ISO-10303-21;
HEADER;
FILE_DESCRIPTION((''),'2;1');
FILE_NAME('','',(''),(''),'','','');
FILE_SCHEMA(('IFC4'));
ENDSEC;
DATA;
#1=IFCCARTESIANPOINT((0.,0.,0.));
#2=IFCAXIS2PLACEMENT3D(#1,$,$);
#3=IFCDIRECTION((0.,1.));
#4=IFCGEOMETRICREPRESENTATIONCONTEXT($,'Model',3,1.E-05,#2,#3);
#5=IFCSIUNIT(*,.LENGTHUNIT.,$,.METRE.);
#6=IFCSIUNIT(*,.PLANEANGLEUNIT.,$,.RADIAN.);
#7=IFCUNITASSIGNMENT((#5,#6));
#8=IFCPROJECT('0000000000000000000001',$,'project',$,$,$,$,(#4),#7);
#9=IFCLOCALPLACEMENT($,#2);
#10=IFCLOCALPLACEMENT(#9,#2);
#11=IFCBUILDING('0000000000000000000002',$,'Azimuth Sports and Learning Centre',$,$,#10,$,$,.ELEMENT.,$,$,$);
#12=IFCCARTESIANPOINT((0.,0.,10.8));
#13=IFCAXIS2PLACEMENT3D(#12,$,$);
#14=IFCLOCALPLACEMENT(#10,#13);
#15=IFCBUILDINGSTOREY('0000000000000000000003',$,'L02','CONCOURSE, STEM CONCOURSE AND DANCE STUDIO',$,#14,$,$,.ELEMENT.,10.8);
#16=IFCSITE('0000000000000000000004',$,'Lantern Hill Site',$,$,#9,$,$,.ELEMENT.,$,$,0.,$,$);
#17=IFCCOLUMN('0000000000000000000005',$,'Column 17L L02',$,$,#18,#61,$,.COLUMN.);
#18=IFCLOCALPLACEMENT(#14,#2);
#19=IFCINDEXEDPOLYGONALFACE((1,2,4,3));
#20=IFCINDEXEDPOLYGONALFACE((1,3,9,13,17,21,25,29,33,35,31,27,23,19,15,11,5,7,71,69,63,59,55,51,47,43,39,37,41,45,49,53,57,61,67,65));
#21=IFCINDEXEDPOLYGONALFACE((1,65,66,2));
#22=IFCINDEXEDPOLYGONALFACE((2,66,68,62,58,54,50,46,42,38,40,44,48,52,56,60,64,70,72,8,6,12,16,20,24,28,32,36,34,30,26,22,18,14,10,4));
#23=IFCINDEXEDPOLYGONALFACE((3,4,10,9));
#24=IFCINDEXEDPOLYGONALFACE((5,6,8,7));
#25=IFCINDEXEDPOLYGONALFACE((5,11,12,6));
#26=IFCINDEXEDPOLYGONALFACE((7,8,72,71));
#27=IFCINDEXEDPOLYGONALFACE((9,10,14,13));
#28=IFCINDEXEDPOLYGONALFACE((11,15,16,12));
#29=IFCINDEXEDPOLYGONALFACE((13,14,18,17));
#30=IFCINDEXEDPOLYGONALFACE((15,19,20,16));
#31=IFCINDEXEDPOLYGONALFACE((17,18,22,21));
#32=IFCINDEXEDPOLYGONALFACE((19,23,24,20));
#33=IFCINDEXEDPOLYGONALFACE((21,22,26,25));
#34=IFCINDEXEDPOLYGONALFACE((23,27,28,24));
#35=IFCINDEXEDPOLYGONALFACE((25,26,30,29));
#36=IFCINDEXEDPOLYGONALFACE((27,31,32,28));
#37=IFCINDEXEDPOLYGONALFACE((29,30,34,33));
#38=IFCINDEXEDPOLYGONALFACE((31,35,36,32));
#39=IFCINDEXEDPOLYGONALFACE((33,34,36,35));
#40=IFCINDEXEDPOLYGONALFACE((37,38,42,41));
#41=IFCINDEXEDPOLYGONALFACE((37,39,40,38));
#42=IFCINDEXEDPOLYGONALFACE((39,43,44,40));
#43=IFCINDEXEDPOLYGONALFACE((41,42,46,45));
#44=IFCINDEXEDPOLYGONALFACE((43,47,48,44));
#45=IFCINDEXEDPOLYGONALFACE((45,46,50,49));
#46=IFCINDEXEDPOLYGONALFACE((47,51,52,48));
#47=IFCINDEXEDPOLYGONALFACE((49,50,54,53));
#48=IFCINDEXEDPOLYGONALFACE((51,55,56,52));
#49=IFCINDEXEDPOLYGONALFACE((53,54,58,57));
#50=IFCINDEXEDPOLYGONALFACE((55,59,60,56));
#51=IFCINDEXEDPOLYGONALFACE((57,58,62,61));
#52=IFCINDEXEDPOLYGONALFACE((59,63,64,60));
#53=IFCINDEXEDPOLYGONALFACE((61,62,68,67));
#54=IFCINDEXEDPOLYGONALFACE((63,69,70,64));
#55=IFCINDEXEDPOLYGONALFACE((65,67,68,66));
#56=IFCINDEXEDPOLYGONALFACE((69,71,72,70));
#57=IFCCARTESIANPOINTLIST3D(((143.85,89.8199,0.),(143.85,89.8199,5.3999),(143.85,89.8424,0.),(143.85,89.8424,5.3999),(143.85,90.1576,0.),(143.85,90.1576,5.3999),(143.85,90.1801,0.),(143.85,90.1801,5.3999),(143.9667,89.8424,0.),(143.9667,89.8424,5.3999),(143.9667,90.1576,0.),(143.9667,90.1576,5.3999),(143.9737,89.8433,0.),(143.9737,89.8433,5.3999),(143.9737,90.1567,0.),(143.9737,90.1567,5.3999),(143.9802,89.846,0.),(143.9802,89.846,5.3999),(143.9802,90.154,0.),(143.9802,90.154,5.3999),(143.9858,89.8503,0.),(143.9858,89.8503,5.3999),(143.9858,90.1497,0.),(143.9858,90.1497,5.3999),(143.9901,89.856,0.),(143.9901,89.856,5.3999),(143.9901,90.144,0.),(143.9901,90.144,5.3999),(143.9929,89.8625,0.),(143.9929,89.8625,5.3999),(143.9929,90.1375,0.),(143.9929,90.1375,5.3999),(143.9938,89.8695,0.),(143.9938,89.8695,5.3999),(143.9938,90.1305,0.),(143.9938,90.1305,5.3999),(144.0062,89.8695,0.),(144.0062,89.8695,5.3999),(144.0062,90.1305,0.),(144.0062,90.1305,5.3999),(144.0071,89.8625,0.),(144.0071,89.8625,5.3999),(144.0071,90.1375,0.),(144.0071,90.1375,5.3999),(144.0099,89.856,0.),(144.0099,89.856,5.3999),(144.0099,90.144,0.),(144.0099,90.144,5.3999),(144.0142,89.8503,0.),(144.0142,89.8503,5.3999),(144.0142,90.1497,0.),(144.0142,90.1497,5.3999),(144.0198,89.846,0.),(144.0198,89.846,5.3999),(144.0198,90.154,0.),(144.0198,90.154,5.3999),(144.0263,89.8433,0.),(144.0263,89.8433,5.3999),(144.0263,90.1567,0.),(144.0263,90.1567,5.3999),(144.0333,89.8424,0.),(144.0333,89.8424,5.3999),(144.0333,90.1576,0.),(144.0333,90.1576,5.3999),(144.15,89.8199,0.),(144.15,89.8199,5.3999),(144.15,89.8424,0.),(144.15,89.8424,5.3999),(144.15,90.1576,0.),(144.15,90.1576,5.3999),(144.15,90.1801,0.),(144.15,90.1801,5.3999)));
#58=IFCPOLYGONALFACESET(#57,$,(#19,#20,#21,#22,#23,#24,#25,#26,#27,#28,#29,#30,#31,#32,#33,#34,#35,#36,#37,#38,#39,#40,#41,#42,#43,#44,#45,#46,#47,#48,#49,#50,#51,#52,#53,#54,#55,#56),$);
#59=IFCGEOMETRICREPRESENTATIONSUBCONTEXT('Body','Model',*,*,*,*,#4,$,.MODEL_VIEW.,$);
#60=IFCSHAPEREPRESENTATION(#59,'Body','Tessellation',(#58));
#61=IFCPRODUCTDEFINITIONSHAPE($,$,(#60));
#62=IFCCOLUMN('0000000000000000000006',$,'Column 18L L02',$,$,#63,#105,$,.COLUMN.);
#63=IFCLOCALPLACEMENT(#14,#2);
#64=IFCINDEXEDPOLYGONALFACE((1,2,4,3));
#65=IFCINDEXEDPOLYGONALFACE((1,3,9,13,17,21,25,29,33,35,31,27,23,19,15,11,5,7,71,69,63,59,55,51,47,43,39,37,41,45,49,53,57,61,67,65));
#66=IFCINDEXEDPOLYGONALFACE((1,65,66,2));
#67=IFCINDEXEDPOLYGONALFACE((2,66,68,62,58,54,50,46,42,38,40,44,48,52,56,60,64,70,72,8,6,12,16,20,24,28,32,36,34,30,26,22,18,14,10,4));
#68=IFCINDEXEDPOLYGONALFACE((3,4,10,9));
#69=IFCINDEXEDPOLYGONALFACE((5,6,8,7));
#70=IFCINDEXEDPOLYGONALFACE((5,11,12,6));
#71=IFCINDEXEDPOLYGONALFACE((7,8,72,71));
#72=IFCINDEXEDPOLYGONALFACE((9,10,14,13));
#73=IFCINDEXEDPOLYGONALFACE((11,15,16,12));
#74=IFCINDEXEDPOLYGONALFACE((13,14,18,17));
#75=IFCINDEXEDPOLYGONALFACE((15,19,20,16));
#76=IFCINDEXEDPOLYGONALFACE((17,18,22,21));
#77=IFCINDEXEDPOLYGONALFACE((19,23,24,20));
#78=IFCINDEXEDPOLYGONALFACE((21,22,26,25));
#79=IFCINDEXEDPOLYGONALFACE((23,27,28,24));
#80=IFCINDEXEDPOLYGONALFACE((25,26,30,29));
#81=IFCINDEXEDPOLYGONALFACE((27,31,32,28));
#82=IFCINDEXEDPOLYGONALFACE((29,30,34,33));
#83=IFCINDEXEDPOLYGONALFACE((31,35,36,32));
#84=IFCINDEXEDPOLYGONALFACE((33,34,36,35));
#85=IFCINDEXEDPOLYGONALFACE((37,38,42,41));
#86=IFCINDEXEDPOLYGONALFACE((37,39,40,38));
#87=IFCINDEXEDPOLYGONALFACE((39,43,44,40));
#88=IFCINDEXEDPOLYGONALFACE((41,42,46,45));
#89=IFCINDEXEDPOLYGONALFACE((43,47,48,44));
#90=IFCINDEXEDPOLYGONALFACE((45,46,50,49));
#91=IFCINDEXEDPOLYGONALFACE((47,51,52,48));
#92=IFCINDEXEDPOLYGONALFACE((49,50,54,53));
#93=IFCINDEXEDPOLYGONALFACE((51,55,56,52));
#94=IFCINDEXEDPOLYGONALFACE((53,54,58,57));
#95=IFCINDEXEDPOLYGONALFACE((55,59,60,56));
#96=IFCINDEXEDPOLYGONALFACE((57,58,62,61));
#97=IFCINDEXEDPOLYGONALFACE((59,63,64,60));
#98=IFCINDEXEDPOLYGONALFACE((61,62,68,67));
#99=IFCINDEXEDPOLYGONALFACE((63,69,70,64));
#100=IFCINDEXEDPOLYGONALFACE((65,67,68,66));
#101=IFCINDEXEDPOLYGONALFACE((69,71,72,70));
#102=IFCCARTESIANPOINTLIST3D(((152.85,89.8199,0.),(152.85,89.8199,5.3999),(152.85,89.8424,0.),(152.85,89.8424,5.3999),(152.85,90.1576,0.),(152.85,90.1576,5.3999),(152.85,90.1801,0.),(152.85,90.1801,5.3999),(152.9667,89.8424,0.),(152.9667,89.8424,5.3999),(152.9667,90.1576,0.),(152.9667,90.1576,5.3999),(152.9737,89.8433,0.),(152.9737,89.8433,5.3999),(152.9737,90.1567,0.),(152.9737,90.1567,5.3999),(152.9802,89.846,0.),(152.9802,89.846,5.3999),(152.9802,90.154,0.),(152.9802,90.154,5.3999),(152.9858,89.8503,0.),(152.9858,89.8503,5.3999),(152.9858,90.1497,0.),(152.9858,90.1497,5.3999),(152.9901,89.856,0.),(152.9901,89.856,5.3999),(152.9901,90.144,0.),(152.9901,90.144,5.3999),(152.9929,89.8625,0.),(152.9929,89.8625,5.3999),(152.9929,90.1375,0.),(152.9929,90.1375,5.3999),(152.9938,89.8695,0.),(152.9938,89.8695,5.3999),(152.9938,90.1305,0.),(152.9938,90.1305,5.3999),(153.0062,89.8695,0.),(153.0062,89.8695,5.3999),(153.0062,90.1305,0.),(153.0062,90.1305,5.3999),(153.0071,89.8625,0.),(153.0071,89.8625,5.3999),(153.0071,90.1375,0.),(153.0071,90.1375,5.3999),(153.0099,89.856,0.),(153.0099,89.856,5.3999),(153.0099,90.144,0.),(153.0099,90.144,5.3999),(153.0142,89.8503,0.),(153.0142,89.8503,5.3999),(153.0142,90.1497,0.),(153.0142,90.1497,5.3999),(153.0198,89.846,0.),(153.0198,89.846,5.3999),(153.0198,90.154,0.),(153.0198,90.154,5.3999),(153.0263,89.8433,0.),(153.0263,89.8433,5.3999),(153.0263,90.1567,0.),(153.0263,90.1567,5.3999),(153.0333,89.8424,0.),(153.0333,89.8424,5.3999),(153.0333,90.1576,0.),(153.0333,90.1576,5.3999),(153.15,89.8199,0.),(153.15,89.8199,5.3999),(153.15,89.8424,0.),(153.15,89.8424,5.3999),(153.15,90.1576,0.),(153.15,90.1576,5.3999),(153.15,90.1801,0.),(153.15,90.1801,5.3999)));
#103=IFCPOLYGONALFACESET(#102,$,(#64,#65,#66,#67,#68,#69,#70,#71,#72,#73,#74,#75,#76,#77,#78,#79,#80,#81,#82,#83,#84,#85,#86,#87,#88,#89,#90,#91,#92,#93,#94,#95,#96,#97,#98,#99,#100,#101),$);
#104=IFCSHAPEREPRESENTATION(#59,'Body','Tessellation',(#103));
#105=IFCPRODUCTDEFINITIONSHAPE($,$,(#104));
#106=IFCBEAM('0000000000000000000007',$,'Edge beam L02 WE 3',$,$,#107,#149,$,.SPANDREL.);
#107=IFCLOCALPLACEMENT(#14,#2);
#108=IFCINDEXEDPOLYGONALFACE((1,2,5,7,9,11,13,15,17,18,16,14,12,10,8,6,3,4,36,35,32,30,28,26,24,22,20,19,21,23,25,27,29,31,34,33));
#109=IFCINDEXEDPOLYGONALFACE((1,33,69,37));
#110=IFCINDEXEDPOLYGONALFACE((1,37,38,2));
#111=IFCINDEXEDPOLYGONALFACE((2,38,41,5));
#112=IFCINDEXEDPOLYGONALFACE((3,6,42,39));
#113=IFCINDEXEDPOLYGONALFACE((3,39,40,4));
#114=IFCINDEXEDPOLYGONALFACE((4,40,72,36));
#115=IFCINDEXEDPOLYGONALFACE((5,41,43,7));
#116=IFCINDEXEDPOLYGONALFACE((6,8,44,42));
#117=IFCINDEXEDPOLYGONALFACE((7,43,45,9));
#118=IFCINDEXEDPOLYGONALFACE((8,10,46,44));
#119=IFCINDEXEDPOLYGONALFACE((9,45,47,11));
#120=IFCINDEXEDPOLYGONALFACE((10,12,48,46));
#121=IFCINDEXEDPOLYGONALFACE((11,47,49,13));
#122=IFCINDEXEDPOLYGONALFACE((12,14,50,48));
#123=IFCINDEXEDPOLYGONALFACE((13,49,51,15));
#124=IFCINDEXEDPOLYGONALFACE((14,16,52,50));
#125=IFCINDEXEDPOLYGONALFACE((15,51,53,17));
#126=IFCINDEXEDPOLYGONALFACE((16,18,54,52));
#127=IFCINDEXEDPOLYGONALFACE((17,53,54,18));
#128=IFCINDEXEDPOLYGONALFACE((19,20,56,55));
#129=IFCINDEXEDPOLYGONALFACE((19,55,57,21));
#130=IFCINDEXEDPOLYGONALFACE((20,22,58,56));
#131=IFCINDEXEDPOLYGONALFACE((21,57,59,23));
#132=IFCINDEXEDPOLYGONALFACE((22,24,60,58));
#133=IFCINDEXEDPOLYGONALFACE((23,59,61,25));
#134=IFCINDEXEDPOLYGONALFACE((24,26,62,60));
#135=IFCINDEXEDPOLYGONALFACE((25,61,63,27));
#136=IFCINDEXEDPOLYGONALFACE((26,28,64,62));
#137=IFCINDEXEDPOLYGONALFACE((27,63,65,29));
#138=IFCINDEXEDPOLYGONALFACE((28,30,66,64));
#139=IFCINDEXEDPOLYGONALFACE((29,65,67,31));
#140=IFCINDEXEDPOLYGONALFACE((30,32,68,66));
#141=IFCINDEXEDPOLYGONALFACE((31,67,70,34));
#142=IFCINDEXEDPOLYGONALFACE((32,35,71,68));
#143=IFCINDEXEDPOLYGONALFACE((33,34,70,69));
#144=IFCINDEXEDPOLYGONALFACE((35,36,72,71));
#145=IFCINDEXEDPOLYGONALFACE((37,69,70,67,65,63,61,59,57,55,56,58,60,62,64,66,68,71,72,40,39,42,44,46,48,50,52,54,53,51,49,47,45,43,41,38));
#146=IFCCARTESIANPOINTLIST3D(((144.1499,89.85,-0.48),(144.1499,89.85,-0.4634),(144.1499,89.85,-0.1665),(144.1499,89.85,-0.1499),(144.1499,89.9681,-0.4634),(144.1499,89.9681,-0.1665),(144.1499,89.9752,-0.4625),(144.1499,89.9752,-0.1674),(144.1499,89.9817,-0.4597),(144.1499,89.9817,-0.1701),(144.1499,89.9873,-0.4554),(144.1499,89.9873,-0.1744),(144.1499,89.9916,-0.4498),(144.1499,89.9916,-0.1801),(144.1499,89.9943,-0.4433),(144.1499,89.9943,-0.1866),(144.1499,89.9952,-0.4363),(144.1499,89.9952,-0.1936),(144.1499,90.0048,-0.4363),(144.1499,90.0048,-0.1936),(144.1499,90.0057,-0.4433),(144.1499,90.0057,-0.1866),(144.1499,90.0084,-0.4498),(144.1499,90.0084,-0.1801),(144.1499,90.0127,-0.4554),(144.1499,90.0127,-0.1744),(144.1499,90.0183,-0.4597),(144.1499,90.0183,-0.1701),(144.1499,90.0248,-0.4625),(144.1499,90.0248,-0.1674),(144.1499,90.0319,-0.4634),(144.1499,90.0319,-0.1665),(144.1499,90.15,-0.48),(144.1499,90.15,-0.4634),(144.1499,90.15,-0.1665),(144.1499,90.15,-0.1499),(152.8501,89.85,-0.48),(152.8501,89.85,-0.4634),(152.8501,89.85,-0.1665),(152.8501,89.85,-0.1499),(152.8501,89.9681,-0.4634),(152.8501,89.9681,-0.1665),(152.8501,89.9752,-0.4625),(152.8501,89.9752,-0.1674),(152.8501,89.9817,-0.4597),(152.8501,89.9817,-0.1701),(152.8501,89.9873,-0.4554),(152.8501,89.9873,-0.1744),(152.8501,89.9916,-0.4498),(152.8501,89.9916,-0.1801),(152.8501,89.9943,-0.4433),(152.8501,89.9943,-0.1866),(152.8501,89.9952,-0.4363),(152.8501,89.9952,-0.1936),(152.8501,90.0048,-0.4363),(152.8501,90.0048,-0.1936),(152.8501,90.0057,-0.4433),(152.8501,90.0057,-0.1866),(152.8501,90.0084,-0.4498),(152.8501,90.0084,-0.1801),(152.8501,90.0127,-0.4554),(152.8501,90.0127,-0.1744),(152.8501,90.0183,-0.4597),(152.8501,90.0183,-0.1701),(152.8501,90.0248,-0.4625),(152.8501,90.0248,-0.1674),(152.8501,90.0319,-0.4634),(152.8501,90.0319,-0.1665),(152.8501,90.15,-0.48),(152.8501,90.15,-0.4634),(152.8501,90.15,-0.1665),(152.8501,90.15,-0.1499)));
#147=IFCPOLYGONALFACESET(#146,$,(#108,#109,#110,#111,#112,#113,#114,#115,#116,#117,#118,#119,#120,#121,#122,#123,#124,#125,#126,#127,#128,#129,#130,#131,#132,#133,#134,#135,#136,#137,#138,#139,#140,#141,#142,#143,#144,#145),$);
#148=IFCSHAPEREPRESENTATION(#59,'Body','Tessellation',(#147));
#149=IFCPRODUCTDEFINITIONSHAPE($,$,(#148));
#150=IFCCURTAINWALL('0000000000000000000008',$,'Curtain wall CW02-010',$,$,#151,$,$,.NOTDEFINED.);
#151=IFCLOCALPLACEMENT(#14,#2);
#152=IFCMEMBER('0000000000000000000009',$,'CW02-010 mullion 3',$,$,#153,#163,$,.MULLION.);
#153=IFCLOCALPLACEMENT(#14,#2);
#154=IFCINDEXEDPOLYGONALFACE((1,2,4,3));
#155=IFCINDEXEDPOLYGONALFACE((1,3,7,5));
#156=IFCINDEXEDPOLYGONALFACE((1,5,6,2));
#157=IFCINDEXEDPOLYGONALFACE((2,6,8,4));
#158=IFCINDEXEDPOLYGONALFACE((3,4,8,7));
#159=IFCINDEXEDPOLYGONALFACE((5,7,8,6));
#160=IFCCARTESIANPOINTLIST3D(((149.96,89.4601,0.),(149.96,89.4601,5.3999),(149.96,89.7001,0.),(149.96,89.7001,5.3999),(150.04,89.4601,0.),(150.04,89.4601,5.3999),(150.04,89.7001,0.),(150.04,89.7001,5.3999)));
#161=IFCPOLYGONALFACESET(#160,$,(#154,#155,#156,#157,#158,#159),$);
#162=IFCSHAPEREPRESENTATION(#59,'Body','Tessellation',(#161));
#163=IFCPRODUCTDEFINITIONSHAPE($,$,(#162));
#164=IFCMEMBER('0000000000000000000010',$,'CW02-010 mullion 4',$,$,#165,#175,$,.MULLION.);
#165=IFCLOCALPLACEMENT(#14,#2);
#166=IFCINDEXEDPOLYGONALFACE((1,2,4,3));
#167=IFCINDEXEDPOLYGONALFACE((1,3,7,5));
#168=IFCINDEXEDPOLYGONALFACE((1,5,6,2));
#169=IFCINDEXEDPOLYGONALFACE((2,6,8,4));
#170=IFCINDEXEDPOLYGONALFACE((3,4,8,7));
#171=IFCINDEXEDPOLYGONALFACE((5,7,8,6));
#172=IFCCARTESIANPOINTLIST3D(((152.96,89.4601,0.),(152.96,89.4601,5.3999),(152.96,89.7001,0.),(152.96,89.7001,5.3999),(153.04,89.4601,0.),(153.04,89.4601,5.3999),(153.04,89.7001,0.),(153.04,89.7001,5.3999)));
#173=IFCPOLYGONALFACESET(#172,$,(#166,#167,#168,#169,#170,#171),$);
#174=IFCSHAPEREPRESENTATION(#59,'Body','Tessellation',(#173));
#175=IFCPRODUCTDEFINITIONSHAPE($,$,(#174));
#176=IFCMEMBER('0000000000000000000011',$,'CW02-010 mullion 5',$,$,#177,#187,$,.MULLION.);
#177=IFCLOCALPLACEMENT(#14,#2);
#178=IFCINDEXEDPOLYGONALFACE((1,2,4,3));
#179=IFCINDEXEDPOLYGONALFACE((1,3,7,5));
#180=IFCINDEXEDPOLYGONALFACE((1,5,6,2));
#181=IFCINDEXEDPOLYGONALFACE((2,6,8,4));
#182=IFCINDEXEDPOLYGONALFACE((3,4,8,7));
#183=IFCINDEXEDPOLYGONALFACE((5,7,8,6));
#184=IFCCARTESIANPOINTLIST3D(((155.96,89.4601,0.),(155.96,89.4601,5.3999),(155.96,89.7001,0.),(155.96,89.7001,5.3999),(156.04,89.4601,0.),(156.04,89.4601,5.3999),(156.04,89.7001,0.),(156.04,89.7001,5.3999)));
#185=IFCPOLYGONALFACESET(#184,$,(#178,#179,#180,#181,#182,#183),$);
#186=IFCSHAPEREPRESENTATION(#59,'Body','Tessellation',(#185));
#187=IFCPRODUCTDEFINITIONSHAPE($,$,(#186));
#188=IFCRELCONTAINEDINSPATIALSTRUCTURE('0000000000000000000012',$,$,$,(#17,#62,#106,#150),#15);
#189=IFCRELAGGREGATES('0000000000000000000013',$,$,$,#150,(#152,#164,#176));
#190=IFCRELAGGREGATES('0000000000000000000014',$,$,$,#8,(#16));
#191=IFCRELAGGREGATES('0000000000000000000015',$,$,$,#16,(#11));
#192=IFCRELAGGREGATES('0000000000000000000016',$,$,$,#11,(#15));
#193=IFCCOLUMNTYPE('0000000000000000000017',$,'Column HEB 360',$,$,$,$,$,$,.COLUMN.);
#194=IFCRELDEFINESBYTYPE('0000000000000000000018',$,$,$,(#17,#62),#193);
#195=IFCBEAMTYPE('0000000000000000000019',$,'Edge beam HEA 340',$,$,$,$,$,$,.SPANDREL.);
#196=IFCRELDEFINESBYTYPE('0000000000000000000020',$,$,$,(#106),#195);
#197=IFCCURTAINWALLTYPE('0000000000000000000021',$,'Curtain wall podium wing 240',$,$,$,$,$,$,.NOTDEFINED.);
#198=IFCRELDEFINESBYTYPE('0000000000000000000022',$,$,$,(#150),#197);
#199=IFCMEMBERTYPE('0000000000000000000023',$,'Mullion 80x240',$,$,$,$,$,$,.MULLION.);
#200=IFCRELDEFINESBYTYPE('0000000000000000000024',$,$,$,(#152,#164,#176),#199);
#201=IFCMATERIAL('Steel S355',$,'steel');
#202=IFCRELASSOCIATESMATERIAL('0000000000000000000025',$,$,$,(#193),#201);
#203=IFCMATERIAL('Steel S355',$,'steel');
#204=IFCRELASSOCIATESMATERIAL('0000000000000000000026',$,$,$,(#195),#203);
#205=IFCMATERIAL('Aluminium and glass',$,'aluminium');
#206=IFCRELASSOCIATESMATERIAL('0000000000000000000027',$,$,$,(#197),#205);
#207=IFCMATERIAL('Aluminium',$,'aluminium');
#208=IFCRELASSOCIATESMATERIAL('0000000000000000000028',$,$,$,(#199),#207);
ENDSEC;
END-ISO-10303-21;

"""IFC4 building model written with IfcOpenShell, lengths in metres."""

from ifc_helpers import new_model, si_unit, direction, frame, origin, origin_2d, place, context, subcontext, project, spatial, rectangle, i_section, extrude, material, material_profile, profile_set, type_object, element, aggregate, save


model = new_model("IFC4")

# Units and contexts
model_context = context("Model", 3, precision=1e-05, world=origin(), true_north=direction((0.0, 1.0)))
body_context = subcontext(model_context, "Body", "Model", "MODEL_VIEW")
ifc_project = project(units=[si_unit("LENGTHUNIT", "METRE"), si_unit("PLANEANGLEUNIT", "RADIAN")], contexts=[model_context])

# Site, building, storey
site_placement = place(None, origin())
site = spatial("IfcSite", under=ifc_project, at=site_placement, Name="Lantern Hill Site", CompositionType="ELEMENT", RefElevation=0.0)
building_placement = place(site_placement, origin())
building = spatial("IfcBuilding", under=site, at=building_placement, Name="Azimuth Sports and Learning Centre", CompositionType="ELEMENT")
storey_placement = place(building_placement, frame((0.0, 0.0, 10.8)))
storey = spatial("IfcBuildingStorey", under=building, at=storey_placement, Name="L02", Description="CONCOURSE, STEM CONCOURSE AND DANCE STUDIO", CompositionType="ELEMENT", Elevation=10.8)

# Columns
ifc_material_1 = material(Name="Steel S355", Category="steel")
ifc_material_profile_1 = material_profile(ifc_material_1, i_section(OverallWidth=0.3, OverallDepth=0.3601, WebThickness=0.0125, FlangeThickness=0.0225, FilletRadius=0.0271, at=origin_2d()), Name="HEB 360")
ifc_profile_set_1 = profile_set([ifc_material_profile_1], Name="Steel S355")
column_type = type_object("IfcColumnType", Name="Column HEB 360", PredefinedType="COLUMN", material=ifc_profile_set_1)
for number, where, z_axis, x_axis, name in (
    (1, (144.0, 90.0, 0.0), (0.0, 0.0, 1.0), (1.0, 0.0, 0.0), "Column 17L L02"),
    (2, (153.0, 90.0, 0.0), (0.0, 0.0, 1.0), (1.0, 0.0, 0.0), "Column 18L L02"),
):
    element("IfcColumn", number, at=place(storey_placement, frame(where, z_axis=z_axis, x_axis=x_axis)), inside=storey, type_object=column_type, Name=name, PredefinedType="COLUMN", context=body_context, shape_type="SweptSolid", body=[
        extrude(i_section(OverallWidth=0.3, OverallDepth=0.3601, WebThickness=0.0125, FlangeThickness=0.0225, FilletRadius=0.0271, at=origin_2d()), origin(), (0.0, 0.0, 1.0), 5.3999),
    ])

# Beam
ifc_material_2 = material(Name="Steel S355", Category="steel")
ifc_material_profile_2 = material_profile(ifc_material_2, i_section(OverallWidth=0.3, OverallDepth=0.3301, WebThickness=0.0095, FlangeThickness=0.0166, FilletRadius=0.0271, at=origin_2d()), Name="HEA 340")
ifc_profile_set_2 = profile_set([ifc_material_profile_2], Name="Steel S355")
beam_type = type_object("IfcBeamType", Name="Edge beam HEA 340", PredefinedType="SPANDREL", material=ifc_profile_set_2)
beam_placement = place(storey_placement, frame((144.1499, 90.0, -0.3149), z_axis=(1.0, 0.0, 0.0), x_axis=(0.0, 1.0, 0.0)))
element("IfcBeam", 3, at=beam_placement, inside=storey, type_object=beam_type, Name="Edge beam L02 WE 3", PredefinedType="SPANDREL", context=body_context, shape_type="SweptSolid", body=[
    extrude(i_section(OverallWidth=0.3, OverallDepth=0.3301, WebThickness=0.0095, FlangeThickness=0.0166, FilletRadius=0.0271, at=origin_2d()), origin(), (0.0, 0.0, 1.0), 8.7002),
])

# Curtain wall, members
ifc_material_3 = material(Name="Aluminium and glass", Category="aluminium")
curtain_wall_type = type_object("IfcCurtainWallType", Name="Curtain wall podium wing 240", PredefinedType="NOTDEFINED", material=ifc_material_3)
curtain_wall_placement = place(storey_placement, origin())
curtain_wall = element("IfcCurtainWall", 4, at=curtain_wall_placement, inside=storey, type_object=curtain_wall_type, Name="Curtain wall CW02-010", PredefinedType="NOTDEFINED")
ifc_material_4 = material(Name="Aluminium", Category="aluminium")
ifc_material_profile_3 = material_profile(ifc_material_4, rectangle(XDim=0.24, YDim=0.0801, at=origin_2d()), Name="Mullion 80x240")
ifc_profile_set_3 = profile_set([ifc_material_profile_3], Name="Aluminium")
member_type_1 = type_object("IfcMemberType", Name="Mullion 80x240", PredefinedType="MULLION", material=ifc_profile_set_3)
member_1_placement = place(storey_placement, frame((150.0, 89.5801, 0.0), z_axis=(0.0, 0.0, 1.0), x_axis=(0.0, 1.0, 0.0)))
member_1 = element("IfcMember", 5, at=member_1_placement, type_object=member_type_1, Name="CW02-010 mullion 3", PredefinedType="MULLION", context=body_context, shape_type="SweptSolid", body=[
    extrude(rectangle(XDim=0.24, YDim=0.0801, at=origin_2d()), origin(), (0.0, 0.0, 1.0), 5.3999),
])
member_2_placement = place(storey_placement, frame((153.0, 89.5801, 0.0), z_axis=(0.0, 0.0, 1.0), x_axis=(0.0, 1.0, 0.0)))
member_2 = element("IfcMember", 6, at=member_2_placement, type_object=member_type_1, Name="CW02-010 mullion 4", PredefinedType="MULLION", context=body_context, shape_type="SweptSolid", body=[
    extrude(rectangle(XDim=0.24, YDim=0.0801, at=origin_2d()), origin(), (0.0, 0.0, 1.0), 5.3999),
])
member_3_placement = place(storey_placement, frame((156.0, 89.5801, 0.0), z_axis=(0.0, 0.0, 1.0), x_axis=(0.0, 1.0, 0.0)))
member_3 = element("IfcMember", 7, at=member_3_placement, type_object=member_type_1, Name="CW02-010 mullion 5", PredefinedType="MULLION", context=body_context, shape_type="SweptSolid", body=[
    extrude(rectangle(XDim=0.24, YDim=0.0801, at=origin_2d()), origin(), (0.0, 0.0, 1.0), 5.3999),
])
aggregate(curtain_wall, [member_1, member_2, member_3])

save(model, "model.ifc")
